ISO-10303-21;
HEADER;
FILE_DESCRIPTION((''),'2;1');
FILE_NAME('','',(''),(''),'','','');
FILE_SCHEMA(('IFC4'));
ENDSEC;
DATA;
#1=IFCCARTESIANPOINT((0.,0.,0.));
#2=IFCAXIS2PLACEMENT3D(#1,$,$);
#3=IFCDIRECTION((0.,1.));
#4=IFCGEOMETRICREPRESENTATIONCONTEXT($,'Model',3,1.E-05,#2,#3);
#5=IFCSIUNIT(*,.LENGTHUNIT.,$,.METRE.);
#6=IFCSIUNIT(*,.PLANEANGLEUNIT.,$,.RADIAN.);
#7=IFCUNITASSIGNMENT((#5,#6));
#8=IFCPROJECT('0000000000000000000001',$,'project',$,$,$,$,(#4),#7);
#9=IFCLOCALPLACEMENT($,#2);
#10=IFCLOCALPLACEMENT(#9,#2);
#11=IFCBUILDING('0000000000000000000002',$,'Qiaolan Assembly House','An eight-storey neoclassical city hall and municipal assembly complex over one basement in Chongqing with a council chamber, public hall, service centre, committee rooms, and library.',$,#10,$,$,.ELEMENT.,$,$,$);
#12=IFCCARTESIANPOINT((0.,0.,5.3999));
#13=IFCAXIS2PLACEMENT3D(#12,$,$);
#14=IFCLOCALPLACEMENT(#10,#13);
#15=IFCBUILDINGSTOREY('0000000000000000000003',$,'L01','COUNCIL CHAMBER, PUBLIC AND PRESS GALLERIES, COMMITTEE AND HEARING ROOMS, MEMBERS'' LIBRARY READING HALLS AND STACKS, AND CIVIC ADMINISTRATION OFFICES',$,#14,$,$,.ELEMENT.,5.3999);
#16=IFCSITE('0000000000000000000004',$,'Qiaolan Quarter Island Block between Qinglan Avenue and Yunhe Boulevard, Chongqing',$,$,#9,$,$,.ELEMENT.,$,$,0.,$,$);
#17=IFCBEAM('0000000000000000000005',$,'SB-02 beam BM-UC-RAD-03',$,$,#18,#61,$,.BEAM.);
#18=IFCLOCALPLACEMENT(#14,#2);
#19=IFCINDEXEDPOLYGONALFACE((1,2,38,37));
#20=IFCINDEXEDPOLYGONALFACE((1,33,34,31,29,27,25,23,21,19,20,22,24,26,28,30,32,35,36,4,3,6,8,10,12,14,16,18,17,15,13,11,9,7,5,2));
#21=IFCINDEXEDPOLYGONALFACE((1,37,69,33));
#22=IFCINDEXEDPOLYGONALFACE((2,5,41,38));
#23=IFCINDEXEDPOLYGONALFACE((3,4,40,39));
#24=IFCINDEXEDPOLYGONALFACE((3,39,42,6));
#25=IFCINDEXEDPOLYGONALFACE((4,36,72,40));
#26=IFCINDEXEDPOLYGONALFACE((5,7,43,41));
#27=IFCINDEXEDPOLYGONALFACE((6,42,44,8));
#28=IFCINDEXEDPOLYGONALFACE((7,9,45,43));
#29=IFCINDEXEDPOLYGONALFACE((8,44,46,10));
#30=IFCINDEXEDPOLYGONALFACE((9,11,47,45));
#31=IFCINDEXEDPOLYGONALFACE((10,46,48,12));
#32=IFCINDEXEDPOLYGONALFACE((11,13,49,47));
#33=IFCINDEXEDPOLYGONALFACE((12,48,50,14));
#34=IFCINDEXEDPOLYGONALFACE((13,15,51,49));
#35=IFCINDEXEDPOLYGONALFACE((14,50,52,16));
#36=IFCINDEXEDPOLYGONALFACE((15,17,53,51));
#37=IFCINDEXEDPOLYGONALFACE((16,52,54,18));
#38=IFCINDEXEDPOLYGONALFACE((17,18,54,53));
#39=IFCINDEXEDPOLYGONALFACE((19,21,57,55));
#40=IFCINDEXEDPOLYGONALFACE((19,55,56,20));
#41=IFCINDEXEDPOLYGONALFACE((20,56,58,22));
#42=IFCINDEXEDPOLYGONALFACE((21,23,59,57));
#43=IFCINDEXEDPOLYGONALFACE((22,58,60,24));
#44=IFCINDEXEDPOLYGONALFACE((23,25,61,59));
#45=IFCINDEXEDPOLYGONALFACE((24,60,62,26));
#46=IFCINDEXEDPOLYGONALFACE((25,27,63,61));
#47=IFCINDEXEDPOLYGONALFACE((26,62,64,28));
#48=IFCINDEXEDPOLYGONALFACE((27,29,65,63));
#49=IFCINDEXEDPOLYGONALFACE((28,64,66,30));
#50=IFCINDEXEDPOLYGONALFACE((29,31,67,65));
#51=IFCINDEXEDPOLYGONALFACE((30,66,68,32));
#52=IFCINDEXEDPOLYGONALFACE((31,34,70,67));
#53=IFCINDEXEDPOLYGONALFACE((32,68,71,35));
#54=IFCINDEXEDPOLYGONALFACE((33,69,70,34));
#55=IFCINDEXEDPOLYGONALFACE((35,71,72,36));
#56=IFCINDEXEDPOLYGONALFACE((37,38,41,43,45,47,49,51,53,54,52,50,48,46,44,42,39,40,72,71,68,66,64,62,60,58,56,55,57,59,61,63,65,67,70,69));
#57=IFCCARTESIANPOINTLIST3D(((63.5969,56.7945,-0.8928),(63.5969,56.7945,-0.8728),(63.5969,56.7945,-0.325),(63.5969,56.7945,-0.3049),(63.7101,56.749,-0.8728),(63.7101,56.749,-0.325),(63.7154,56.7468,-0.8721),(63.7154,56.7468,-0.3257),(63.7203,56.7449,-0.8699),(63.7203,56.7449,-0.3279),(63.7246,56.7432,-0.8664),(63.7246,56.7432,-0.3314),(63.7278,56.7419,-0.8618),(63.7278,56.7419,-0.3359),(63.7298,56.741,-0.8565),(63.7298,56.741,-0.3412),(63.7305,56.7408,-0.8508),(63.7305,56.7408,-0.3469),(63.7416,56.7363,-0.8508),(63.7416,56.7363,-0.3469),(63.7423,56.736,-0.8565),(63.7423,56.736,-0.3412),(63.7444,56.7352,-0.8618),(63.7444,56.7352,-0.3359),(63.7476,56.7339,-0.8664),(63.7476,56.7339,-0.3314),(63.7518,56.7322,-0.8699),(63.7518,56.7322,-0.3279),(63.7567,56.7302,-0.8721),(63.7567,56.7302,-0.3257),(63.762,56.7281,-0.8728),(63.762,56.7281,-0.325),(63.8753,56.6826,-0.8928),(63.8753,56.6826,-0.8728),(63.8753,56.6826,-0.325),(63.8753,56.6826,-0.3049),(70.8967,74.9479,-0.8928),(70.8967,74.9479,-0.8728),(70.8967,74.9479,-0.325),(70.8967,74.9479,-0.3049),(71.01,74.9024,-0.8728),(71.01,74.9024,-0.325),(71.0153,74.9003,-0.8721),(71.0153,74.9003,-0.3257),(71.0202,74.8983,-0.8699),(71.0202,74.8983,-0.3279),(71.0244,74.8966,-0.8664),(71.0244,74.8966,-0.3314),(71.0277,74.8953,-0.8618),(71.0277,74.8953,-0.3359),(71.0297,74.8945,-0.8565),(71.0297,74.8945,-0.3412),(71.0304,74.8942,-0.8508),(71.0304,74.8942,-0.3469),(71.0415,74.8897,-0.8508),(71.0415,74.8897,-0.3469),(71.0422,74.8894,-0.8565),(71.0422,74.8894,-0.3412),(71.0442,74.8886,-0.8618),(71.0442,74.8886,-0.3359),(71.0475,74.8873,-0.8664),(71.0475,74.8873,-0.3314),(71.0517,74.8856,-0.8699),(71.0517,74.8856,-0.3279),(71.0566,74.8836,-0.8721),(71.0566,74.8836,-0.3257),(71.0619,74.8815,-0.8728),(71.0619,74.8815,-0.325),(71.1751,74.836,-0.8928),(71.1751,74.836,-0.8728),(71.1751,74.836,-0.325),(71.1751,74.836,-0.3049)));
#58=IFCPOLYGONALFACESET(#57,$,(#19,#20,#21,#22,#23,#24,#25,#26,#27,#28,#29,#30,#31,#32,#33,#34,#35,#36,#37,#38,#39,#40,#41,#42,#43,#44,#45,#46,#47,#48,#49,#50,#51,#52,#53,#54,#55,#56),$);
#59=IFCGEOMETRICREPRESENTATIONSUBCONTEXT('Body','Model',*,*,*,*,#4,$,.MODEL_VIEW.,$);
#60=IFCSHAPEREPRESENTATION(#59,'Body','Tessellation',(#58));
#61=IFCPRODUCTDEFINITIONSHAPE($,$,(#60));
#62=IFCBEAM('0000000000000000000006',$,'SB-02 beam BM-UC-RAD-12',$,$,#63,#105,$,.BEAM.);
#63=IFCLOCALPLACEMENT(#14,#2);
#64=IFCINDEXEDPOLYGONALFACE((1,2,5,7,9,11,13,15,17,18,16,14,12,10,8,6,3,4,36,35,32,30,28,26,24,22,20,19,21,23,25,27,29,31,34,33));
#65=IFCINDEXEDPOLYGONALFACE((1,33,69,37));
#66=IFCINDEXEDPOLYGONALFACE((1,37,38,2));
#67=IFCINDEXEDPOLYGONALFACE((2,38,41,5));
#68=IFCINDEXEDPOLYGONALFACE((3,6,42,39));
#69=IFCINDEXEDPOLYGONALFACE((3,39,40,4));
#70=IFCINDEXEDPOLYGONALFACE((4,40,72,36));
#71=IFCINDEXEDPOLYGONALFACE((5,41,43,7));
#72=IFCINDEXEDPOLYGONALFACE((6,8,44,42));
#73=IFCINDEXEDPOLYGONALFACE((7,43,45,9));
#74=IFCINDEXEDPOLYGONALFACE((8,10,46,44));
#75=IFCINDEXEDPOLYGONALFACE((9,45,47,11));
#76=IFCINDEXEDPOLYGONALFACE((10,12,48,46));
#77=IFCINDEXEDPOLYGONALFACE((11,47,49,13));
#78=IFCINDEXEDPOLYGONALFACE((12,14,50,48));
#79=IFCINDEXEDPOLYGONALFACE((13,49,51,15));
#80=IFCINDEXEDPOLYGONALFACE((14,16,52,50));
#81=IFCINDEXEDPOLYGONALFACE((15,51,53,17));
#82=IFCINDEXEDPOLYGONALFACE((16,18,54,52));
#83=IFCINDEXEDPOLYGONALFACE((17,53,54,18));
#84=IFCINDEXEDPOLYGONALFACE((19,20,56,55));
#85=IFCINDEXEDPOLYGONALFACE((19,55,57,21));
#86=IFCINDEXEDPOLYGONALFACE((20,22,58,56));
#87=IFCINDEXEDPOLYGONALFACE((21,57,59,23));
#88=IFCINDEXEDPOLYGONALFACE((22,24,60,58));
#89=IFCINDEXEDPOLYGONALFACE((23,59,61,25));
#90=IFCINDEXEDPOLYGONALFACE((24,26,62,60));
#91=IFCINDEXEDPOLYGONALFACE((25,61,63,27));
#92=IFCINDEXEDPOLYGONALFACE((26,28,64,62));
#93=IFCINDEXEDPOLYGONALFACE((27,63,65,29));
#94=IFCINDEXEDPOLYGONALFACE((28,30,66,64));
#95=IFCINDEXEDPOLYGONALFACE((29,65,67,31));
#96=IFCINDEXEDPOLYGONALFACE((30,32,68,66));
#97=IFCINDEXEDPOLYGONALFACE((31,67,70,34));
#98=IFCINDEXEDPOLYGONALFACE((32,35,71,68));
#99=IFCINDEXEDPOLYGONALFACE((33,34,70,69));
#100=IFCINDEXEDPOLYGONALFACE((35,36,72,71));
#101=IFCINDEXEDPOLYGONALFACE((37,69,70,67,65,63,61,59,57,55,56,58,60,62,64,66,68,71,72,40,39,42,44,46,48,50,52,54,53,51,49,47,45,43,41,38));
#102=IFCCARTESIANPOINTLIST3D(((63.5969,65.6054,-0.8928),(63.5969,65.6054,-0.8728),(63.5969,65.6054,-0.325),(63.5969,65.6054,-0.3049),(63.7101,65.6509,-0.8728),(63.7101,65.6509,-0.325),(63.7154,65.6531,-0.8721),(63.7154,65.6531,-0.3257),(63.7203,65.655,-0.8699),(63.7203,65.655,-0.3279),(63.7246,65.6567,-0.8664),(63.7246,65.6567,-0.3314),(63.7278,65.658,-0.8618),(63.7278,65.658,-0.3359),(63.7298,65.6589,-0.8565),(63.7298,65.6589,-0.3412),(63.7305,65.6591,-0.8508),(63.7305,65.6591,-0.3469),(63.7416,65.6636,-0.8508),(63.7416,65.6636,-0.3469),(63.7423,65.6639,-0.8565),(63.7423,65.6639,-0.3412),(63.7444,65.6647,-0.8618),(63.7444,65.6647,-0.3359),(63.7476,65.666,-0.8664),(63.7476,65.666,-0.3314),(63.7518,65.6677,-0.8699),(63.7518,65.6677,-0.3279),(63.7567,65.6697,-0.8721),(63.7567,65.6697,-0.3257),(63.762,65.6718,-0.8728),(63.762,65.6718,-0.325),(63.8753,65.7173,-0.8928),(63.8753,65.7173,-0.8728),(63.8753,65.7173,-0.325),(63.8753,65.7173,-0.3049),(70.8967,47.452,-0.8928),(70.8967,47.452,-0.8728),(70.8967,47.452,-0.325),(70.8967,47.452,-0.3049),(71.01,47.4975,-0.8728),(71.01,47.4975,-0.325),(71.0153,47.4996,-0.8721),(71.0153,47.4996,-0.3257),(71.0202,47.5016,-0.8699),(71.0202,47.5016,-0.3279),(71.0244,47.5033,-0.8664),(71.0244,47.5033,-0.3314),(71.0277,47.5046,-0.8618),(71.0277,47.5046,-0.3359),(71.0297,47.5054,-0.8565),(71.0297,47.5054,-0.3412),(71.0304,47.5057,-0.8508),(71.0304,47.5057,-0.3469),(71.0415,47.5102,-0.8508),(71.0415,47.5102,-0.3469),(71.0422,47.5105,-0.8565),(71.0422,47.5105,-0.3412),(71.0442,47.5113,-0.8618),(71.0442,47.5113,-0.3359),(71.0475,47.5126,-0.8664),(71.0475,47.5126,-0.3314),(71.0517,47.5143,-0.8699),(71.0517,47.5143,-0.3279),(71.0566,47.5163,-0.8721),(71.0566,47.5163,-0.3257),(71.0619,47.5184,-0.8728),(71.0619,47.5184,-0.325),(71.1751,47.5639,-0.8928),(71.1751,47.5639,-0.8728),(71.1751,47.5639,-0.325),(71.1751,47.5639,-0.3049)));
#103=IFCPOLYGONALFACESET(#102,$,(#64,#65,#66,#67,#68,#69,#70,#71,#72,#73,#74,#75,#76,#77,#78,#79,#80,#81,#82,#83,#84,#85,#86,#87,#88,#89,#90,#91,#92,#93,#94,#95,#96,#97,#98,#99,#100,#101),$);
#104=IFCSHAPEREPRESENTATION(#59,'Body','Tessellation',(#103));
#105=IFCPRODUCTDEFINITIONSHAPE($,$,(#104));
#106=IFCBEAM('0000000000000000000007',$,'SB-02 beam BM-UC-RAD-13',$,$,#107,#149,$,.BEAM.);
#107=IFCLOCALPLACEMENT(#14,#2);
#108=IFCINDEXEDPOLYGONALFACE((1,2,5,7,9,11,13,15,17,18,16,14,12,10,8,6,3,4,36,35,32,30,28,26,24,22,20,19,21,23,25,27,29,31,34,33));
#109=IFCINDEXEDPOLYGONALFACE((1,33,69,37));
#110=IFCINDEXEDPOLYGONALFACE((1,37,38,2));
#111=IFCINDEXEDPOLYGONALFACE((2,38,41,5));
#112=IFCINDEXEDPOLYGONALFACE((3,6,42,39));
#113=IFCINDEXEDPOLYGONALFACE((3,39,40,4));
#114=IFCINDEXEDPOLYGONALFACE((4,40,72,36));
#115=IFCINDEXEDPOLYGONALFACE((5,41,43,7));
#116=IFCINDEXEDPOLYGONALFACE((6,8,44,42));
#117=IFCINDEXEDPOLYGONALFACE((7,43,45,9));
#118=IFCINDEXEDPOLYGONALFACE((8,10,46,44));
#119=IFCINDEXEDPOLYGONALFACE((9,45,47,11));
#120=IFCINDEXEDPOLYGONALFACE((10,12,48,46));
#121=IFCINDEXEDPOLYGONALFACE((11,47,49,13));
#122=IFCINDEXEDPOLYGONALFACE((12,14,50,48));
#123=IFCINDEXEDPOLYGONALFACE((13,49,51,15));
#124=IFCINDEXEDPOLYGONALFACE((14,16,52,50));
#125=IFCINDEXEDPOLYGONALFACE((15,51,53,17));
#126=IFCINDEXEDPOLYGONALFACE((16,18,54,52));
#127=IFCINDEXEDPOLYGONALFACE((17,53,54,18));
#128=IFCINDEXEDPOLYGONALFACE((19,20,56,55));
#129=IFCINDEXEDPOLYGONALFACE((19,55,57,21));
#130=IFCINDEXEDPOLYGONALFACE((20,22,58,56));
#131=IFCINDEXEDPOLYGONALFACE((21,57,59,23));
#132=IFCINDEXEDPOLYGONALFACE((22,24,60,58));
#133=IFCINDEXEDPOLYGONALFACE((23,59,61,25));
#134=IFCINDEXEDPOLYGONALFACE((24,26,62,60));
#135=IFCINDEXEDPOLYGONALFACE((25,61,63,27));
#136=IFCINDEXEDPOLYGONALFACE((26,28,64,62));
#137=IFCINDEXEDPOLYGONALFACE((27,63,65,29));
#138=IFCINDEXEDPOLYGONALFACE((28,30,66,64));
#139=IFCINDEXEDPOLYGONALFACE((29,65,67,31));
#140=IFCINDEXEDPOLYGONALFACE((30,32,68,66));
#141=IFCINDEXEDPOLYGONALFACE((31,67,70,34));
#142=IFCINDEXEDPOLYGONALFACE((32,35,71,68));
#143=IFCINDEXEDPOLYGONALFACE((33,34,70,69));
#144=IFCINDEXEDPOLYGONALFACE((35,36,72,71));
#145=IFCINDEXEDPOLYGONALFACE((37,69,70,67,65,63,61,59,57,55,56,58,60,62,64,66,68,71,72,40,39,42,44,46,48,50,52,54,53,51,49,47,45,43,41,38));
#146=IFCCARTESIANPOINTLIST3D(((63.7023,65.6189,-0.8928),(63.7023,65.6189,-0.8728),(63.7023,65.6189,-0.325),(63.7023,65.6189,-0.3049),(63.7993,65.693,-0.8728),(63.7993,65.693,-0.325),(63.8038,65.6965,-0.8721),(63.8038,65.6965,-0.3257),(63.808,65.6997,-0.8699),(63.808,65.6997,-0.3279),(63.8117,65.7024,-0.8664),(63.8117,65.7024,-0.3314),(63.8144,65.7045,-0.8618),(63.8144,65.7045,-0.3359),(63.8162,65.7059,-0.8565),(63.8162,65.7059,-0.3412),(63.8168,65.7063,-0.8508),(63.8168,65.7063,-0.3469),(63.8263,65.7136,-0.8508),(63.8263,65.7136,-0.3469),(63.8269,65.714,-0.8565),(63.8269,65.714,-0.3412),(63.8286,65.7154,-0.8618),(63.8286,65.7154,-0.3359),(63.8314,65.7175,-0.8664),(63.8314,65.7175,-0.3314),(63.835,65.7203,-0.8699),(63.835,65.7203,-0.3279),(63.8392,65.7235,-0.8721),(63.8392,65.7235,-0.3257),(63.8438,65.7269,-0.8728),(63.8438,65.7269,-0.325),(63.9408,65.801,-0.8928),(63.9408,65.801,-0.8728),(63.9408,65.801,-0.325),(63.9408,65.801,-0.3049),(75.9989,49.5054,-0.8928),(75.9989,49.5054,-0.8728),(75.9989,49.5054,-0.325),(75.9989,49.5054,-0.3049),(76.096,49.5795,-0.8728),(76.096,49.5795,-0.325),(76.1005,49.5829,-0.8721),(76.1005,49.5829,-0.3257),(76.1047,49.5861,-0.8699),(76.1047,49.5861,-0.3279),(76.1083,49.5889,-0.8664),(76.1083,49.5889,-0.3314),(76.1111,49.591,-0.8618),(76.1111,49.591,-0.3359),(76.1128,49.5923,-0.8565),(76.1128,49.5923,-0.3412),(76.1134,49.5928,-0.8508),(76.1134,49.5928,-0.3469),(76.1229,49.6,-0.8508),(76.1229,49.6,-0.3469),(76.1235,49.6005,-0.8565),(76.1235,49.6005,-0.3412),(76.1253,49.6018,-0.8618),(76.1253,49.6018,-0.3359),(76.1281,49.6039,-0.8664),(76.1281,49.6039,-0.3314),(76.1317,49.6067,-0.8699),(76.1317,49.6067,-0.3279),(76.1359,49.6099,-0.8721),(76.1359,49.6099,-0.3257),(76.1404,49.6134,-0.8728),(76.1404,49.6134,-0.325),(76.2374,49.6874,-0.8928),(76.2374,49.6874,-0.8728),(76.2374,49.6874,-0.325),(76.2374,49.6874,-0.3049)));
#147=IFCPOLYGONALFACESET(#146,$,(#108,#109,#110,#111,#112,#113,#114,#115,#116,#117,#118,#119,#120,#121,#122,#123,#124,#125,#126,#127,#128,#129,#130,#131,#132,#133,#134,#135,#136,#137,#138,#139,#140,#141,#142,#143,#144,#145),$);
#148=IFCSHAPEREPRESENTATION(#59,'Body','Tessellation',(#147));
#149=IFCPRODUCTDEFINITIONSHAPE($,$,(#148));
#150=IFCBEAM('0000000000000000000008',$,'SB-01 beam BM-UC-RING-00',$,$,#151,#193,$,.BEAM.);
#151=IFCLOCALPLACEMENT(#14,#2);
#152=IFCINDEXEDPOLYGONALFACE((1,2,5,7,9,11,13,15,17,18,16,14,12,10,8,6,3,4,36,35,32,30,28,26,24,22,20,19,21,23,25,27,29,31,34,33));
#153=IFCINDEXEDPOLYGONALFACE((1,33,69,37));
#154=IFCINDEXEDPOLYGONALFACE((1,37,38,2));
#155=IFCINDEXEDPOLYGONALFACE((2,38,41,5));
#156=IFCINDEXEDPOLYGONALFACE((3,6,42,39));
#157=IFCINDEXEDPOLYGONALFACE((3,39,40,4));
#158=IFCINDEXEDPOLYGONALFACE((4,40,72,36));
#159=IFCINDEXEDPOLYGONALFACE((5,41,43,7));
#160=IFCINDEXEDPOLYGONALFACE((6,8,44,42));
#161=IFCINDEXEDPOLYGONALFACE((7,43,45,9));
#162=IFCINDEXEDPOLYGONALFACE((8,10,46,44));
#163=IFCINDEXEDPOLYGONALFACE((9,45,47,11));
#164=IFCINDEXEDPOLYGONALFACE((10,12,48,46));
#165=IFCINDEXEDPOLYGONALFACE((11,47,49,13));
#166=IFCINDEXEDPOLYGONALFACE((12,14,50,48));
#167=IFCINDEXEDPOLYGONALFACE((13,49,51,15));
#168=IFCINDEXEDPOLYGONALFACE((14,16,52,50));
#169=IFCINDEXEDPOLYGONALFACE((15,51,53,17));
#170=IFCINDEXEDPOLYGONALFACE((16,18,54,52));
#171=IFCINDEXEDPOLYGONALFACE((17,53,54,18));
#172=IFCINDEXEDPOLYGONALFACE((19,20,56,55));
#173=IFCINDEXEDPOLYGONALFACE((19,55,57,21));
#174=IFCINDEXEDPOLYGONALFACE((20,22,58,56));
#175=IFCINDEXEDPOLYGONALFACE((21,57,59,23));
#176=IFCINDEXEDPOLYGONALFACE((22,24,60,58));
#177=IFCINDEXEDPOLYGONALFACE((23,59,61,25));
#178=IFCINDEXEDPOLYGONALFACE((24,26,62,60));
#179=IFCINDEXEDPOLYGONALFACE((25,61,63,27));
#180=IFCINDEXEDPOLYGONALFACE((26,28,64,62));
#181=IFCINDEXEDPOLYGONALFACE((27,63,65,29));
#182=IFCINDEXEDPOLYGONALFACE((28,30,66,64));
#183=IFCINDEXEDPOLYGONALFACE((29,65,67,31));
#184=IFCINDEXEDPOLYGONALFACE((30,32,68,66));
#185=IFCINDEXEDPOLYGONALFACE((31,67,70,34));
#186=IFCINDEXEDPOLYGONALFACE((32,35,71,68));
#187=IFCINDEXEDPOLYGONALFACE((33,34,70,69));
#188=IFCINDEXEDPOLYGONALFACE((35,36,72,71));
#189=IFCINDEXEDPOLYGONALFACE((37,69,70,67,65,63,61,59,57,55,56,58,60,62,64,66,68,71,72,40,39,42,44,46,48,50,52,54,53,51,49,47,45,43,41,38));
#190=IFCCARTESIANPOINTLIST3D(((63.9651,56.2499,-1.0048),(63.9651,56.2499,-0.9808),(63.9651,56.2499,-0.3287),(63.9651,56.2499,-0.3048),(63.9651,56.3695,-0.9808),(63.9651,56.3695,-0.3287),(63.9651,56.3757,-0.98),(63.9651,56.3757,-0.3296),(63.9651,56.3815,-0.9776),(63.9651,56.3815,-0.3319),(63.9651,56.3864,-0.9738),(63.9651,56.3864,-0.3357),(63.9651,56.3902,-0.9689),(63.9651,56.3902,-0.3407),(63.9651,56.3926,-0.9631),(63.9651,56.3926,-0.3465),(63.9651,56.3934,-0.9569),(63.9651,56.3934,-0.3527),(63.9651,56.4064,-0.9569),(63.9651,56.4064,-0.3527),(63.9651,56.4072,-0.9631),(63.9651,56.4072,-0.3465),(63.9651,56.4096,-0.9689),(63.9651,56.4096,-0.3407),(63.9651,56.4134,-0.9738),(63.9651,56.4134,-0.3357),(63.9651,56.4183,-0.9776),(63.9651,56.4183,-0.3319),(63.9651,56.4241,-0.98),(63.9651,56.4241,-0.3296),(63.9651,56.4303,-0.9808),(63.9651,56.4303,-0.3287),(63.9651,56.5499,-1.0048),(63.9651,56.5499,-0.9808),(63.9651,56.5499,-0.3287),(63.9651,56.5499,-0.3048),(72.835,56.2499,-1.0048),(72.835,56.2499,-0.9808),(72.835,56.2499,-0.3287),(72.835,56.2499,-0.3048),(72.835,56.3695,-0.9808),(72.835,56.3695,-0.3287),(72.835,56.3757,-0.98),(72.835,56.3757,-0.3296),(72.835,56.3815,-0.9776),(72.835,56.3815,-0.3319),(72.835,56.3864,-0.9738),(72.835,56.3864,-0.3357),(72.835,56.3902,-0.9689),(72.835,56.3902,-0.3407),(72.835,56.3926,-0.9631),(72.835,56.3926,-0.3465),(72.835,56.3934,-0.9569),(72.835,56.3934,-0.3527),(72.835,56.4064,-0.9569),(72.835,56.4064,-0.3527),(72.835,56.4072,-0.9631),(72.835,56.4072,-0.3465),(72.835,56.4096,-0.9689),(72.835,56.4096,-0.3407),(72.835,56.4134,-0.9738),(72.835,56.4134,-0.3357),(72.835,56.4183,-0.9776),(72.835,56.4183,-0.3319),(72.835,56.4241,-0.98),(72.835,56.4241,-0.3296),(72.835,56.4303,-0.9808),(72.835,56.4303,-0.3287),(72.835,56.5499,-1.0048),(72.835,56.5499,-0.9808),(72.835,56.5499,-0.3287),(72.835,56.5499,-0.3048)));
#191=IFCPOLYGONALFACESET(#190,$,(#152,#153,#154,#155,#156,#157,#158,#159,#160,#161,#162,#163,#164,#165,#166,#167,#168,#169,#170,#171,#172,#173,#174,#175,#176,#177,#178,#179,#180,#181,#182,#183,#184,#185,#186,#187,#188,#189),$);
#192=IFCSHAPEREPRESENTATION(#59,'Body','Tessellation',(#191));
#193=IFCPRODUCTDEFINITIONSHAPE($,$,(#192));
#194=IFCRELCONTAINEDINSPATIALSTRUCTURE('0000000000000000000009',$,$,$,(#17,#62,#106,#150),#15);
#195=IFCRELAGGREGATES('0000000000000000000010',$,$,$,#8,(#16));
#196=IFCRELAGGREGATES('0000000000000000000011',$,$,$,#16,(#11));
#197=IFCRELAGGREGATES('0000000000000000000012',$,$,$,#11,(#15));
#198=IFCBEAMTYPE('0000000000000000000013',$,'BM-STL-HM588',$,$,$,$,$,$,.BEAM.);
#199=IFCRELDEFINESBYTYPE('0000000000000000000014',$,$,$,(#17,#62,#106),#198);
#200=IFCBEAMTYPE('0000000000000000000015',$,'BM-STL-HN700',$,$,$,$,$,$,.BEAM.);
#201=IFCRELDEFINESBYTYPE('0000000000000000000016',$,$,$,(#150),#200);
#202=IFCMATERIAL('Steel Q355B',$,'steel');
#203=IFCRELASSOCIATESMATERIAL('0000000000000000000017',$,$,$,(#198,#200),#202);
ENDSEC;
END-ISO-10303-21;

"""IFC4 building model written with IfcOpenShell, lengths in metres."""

from ifc_helpers import new_model, si_unit, direction, frame, origin, origin_2d, place, context, subcontext, project, spatial, i_section, extrude, material, material_profile, profile_set, type_object, element, save


model = new_model("IFC4")

# Units and contexts
model_context = context("Model", 3, precision=1e-05, world=origin(), true_north=direction((0.0, 1.0)))
body_context = subcontext(model_context, "Body", "Model", "MODEL_VIEW")
ifc_project = project(units=[si_unit("LENGTHUNIT", "METRE"), si_unit("PLANEANGLEUNIT", "RADIAN")], contexts=[model_context])

# Site, building, storey
site_placement = place(None, origin())
site = spatial("IfcSite", under=ifc_project, at=site_placement, Name="Qiaolan Quarter Island Block between Qinglan Avenue and Yunhe Boulevard, Chongqing", CompositionType="ELEMENT", RefElevation=0.0)
building_placement = place(site_placement, origin())
building = spatial("IfcBuilding", under=site, at=building_placement, Name="Qiaolan Assembly House", Description="An eight-storey neoclassical city hall and municipal assembly complex over one basement in Chongqing with a council chamber, public hall, service centre, committee rooms, and library.", CompositionType="ELEMENT")
storey_placement = place(building_placement, frame((0.0, 0.0, 5.3999)))
storey = spatial("IfcBuildingStorey", under=building, at=storey_placement, Name="L01", Description="COUNCIL CHAMBER, PUBLIC AND PRESS GALLERIES, COMMITTEE AND HEARING ROOMS, MEMBERS' LIBRARY READING HALLS AND STACKS, AND CIVIC ADMINISTRATION OFFICES", CompositionType="ELEMENT", Elevation=5.3999)

# Shared definitions
ifc_material_1 = material(Name="Steel Q355B", Category="steel")

# Beams
ifc_material_profile_1 = material_profile(ifc_material_1, i_section(OverallWidth=0.3, OverallDepth=0.5879, WebThickness=0.012, FlangeThickness=0.02, FilletRadius=0.022, at=origin_2d()), Name="HM 588x300x12x20")
ifc_profile_set_1 = profile_set([ifc_material_profile_1], Name="Steel Q355B")
beam_type_1 = type_object("IfcBeamType", Name="BM-STL-HM588", PredefinedType="BEAM", material=ifc_profile_set_1)
for number, where, z_axis, x_axis, name in (
    (1, (63.7361, 56.7385, -0.5989), (0.373085, 0.927797, 0.0), (-0.927797, 0.373085, 0.0), "SB-02 beam BM-UC-RAD-03"),
    (2, (63.7361, 65.6614, -0.5989), (0.373085, -0.927797, 0.0), (0.927797, 0.373085, 0.0), "SB-02 beam BM-UC-RAD-12"),
):
    element("IfcBeam", number, at=place(storey_placement, frame(where, z_axis=z_axis, x_axis=x_axis)), inside=storey, type_object=beam_type_1, Name=name, PredefinedType="BEAM", context=body_context, shape_type="SweptSolid", body=[
        extrude(i_section(OverallWidth=0.3, OverallDepth=0.5879, WebThickness=0.012, FlangeThickness=0.02, FilletRadius=0.022, at=origin_2d()), origin(), (0.0, 0.0, 1.0), 19.5662),
    ])
beam_1_placement = place(storey_placement, frame((63.8215, 65.71, -0.5989), z_axis=(0.606657, -0.794964, 0.0), x_axis=(0.794964, 0.606657, 0.0)))
element("IfcBeam", 3, at=beam_1_placement, inside=storey, type_object=beam_type_1, Name="SB-02 beam BM-UC-RAD-13", PredefinedType="BEAM", context=body_context, shape_type="SweptSolid", body=[
    extrude(i_section(OverallWidth=0.3, OverallDepth=0.5879, WebThickness=0.012, FlangeThickness=0.02, FilletRadius=0.022, at=origin_2d()), origin(), (0.0, 0.0, 1.0), 20.2695),
])
ifc_material_profile_2 = material_profile(ifc_material_1, i_section(OverallWidth=0.3, OverallDepth=0.7, WebThickness=0.0129, FlangeThickness=0.0239, FilletRadius=0.0239, at=origin_2d()), Name="HN 700x300x13x24")
ifc_profile_set_2 = profile_set([ifc_material_profile_2], Name="Steel Q355B")
beam_type_2 = type_object("IfcBeamType", Name="BM-STL-HN700", PredefinedType="BEAM", material=ifc_profile_set_2)
beam_2_placement = place(storey_placement, frame((63.9651, 56.3999, -0.6548), z_axis=(1.0, 0.0, 0.0), x_axis=(0.0, 1.0, 0.0)))
element("IfcBeam", 4, at=beam_2_placement, inside=storey, type_object=beam_type_2, Name="SB-01 beam BM-UC-RING-00", PredefinedType="BEAM", context=body_context, shape_type="SweptSolid", body=[
    extrude(i_section(OverallWidth=0.3, OverallDepth=0.7, WebThickness=0.0129, FlangeThickness=0.0239, FilletRadius=0.0239, at=origin_2d()), origin(), (0.0, 0.0, 1.0), 8.8699),
])

save(model, "model.ifc")
